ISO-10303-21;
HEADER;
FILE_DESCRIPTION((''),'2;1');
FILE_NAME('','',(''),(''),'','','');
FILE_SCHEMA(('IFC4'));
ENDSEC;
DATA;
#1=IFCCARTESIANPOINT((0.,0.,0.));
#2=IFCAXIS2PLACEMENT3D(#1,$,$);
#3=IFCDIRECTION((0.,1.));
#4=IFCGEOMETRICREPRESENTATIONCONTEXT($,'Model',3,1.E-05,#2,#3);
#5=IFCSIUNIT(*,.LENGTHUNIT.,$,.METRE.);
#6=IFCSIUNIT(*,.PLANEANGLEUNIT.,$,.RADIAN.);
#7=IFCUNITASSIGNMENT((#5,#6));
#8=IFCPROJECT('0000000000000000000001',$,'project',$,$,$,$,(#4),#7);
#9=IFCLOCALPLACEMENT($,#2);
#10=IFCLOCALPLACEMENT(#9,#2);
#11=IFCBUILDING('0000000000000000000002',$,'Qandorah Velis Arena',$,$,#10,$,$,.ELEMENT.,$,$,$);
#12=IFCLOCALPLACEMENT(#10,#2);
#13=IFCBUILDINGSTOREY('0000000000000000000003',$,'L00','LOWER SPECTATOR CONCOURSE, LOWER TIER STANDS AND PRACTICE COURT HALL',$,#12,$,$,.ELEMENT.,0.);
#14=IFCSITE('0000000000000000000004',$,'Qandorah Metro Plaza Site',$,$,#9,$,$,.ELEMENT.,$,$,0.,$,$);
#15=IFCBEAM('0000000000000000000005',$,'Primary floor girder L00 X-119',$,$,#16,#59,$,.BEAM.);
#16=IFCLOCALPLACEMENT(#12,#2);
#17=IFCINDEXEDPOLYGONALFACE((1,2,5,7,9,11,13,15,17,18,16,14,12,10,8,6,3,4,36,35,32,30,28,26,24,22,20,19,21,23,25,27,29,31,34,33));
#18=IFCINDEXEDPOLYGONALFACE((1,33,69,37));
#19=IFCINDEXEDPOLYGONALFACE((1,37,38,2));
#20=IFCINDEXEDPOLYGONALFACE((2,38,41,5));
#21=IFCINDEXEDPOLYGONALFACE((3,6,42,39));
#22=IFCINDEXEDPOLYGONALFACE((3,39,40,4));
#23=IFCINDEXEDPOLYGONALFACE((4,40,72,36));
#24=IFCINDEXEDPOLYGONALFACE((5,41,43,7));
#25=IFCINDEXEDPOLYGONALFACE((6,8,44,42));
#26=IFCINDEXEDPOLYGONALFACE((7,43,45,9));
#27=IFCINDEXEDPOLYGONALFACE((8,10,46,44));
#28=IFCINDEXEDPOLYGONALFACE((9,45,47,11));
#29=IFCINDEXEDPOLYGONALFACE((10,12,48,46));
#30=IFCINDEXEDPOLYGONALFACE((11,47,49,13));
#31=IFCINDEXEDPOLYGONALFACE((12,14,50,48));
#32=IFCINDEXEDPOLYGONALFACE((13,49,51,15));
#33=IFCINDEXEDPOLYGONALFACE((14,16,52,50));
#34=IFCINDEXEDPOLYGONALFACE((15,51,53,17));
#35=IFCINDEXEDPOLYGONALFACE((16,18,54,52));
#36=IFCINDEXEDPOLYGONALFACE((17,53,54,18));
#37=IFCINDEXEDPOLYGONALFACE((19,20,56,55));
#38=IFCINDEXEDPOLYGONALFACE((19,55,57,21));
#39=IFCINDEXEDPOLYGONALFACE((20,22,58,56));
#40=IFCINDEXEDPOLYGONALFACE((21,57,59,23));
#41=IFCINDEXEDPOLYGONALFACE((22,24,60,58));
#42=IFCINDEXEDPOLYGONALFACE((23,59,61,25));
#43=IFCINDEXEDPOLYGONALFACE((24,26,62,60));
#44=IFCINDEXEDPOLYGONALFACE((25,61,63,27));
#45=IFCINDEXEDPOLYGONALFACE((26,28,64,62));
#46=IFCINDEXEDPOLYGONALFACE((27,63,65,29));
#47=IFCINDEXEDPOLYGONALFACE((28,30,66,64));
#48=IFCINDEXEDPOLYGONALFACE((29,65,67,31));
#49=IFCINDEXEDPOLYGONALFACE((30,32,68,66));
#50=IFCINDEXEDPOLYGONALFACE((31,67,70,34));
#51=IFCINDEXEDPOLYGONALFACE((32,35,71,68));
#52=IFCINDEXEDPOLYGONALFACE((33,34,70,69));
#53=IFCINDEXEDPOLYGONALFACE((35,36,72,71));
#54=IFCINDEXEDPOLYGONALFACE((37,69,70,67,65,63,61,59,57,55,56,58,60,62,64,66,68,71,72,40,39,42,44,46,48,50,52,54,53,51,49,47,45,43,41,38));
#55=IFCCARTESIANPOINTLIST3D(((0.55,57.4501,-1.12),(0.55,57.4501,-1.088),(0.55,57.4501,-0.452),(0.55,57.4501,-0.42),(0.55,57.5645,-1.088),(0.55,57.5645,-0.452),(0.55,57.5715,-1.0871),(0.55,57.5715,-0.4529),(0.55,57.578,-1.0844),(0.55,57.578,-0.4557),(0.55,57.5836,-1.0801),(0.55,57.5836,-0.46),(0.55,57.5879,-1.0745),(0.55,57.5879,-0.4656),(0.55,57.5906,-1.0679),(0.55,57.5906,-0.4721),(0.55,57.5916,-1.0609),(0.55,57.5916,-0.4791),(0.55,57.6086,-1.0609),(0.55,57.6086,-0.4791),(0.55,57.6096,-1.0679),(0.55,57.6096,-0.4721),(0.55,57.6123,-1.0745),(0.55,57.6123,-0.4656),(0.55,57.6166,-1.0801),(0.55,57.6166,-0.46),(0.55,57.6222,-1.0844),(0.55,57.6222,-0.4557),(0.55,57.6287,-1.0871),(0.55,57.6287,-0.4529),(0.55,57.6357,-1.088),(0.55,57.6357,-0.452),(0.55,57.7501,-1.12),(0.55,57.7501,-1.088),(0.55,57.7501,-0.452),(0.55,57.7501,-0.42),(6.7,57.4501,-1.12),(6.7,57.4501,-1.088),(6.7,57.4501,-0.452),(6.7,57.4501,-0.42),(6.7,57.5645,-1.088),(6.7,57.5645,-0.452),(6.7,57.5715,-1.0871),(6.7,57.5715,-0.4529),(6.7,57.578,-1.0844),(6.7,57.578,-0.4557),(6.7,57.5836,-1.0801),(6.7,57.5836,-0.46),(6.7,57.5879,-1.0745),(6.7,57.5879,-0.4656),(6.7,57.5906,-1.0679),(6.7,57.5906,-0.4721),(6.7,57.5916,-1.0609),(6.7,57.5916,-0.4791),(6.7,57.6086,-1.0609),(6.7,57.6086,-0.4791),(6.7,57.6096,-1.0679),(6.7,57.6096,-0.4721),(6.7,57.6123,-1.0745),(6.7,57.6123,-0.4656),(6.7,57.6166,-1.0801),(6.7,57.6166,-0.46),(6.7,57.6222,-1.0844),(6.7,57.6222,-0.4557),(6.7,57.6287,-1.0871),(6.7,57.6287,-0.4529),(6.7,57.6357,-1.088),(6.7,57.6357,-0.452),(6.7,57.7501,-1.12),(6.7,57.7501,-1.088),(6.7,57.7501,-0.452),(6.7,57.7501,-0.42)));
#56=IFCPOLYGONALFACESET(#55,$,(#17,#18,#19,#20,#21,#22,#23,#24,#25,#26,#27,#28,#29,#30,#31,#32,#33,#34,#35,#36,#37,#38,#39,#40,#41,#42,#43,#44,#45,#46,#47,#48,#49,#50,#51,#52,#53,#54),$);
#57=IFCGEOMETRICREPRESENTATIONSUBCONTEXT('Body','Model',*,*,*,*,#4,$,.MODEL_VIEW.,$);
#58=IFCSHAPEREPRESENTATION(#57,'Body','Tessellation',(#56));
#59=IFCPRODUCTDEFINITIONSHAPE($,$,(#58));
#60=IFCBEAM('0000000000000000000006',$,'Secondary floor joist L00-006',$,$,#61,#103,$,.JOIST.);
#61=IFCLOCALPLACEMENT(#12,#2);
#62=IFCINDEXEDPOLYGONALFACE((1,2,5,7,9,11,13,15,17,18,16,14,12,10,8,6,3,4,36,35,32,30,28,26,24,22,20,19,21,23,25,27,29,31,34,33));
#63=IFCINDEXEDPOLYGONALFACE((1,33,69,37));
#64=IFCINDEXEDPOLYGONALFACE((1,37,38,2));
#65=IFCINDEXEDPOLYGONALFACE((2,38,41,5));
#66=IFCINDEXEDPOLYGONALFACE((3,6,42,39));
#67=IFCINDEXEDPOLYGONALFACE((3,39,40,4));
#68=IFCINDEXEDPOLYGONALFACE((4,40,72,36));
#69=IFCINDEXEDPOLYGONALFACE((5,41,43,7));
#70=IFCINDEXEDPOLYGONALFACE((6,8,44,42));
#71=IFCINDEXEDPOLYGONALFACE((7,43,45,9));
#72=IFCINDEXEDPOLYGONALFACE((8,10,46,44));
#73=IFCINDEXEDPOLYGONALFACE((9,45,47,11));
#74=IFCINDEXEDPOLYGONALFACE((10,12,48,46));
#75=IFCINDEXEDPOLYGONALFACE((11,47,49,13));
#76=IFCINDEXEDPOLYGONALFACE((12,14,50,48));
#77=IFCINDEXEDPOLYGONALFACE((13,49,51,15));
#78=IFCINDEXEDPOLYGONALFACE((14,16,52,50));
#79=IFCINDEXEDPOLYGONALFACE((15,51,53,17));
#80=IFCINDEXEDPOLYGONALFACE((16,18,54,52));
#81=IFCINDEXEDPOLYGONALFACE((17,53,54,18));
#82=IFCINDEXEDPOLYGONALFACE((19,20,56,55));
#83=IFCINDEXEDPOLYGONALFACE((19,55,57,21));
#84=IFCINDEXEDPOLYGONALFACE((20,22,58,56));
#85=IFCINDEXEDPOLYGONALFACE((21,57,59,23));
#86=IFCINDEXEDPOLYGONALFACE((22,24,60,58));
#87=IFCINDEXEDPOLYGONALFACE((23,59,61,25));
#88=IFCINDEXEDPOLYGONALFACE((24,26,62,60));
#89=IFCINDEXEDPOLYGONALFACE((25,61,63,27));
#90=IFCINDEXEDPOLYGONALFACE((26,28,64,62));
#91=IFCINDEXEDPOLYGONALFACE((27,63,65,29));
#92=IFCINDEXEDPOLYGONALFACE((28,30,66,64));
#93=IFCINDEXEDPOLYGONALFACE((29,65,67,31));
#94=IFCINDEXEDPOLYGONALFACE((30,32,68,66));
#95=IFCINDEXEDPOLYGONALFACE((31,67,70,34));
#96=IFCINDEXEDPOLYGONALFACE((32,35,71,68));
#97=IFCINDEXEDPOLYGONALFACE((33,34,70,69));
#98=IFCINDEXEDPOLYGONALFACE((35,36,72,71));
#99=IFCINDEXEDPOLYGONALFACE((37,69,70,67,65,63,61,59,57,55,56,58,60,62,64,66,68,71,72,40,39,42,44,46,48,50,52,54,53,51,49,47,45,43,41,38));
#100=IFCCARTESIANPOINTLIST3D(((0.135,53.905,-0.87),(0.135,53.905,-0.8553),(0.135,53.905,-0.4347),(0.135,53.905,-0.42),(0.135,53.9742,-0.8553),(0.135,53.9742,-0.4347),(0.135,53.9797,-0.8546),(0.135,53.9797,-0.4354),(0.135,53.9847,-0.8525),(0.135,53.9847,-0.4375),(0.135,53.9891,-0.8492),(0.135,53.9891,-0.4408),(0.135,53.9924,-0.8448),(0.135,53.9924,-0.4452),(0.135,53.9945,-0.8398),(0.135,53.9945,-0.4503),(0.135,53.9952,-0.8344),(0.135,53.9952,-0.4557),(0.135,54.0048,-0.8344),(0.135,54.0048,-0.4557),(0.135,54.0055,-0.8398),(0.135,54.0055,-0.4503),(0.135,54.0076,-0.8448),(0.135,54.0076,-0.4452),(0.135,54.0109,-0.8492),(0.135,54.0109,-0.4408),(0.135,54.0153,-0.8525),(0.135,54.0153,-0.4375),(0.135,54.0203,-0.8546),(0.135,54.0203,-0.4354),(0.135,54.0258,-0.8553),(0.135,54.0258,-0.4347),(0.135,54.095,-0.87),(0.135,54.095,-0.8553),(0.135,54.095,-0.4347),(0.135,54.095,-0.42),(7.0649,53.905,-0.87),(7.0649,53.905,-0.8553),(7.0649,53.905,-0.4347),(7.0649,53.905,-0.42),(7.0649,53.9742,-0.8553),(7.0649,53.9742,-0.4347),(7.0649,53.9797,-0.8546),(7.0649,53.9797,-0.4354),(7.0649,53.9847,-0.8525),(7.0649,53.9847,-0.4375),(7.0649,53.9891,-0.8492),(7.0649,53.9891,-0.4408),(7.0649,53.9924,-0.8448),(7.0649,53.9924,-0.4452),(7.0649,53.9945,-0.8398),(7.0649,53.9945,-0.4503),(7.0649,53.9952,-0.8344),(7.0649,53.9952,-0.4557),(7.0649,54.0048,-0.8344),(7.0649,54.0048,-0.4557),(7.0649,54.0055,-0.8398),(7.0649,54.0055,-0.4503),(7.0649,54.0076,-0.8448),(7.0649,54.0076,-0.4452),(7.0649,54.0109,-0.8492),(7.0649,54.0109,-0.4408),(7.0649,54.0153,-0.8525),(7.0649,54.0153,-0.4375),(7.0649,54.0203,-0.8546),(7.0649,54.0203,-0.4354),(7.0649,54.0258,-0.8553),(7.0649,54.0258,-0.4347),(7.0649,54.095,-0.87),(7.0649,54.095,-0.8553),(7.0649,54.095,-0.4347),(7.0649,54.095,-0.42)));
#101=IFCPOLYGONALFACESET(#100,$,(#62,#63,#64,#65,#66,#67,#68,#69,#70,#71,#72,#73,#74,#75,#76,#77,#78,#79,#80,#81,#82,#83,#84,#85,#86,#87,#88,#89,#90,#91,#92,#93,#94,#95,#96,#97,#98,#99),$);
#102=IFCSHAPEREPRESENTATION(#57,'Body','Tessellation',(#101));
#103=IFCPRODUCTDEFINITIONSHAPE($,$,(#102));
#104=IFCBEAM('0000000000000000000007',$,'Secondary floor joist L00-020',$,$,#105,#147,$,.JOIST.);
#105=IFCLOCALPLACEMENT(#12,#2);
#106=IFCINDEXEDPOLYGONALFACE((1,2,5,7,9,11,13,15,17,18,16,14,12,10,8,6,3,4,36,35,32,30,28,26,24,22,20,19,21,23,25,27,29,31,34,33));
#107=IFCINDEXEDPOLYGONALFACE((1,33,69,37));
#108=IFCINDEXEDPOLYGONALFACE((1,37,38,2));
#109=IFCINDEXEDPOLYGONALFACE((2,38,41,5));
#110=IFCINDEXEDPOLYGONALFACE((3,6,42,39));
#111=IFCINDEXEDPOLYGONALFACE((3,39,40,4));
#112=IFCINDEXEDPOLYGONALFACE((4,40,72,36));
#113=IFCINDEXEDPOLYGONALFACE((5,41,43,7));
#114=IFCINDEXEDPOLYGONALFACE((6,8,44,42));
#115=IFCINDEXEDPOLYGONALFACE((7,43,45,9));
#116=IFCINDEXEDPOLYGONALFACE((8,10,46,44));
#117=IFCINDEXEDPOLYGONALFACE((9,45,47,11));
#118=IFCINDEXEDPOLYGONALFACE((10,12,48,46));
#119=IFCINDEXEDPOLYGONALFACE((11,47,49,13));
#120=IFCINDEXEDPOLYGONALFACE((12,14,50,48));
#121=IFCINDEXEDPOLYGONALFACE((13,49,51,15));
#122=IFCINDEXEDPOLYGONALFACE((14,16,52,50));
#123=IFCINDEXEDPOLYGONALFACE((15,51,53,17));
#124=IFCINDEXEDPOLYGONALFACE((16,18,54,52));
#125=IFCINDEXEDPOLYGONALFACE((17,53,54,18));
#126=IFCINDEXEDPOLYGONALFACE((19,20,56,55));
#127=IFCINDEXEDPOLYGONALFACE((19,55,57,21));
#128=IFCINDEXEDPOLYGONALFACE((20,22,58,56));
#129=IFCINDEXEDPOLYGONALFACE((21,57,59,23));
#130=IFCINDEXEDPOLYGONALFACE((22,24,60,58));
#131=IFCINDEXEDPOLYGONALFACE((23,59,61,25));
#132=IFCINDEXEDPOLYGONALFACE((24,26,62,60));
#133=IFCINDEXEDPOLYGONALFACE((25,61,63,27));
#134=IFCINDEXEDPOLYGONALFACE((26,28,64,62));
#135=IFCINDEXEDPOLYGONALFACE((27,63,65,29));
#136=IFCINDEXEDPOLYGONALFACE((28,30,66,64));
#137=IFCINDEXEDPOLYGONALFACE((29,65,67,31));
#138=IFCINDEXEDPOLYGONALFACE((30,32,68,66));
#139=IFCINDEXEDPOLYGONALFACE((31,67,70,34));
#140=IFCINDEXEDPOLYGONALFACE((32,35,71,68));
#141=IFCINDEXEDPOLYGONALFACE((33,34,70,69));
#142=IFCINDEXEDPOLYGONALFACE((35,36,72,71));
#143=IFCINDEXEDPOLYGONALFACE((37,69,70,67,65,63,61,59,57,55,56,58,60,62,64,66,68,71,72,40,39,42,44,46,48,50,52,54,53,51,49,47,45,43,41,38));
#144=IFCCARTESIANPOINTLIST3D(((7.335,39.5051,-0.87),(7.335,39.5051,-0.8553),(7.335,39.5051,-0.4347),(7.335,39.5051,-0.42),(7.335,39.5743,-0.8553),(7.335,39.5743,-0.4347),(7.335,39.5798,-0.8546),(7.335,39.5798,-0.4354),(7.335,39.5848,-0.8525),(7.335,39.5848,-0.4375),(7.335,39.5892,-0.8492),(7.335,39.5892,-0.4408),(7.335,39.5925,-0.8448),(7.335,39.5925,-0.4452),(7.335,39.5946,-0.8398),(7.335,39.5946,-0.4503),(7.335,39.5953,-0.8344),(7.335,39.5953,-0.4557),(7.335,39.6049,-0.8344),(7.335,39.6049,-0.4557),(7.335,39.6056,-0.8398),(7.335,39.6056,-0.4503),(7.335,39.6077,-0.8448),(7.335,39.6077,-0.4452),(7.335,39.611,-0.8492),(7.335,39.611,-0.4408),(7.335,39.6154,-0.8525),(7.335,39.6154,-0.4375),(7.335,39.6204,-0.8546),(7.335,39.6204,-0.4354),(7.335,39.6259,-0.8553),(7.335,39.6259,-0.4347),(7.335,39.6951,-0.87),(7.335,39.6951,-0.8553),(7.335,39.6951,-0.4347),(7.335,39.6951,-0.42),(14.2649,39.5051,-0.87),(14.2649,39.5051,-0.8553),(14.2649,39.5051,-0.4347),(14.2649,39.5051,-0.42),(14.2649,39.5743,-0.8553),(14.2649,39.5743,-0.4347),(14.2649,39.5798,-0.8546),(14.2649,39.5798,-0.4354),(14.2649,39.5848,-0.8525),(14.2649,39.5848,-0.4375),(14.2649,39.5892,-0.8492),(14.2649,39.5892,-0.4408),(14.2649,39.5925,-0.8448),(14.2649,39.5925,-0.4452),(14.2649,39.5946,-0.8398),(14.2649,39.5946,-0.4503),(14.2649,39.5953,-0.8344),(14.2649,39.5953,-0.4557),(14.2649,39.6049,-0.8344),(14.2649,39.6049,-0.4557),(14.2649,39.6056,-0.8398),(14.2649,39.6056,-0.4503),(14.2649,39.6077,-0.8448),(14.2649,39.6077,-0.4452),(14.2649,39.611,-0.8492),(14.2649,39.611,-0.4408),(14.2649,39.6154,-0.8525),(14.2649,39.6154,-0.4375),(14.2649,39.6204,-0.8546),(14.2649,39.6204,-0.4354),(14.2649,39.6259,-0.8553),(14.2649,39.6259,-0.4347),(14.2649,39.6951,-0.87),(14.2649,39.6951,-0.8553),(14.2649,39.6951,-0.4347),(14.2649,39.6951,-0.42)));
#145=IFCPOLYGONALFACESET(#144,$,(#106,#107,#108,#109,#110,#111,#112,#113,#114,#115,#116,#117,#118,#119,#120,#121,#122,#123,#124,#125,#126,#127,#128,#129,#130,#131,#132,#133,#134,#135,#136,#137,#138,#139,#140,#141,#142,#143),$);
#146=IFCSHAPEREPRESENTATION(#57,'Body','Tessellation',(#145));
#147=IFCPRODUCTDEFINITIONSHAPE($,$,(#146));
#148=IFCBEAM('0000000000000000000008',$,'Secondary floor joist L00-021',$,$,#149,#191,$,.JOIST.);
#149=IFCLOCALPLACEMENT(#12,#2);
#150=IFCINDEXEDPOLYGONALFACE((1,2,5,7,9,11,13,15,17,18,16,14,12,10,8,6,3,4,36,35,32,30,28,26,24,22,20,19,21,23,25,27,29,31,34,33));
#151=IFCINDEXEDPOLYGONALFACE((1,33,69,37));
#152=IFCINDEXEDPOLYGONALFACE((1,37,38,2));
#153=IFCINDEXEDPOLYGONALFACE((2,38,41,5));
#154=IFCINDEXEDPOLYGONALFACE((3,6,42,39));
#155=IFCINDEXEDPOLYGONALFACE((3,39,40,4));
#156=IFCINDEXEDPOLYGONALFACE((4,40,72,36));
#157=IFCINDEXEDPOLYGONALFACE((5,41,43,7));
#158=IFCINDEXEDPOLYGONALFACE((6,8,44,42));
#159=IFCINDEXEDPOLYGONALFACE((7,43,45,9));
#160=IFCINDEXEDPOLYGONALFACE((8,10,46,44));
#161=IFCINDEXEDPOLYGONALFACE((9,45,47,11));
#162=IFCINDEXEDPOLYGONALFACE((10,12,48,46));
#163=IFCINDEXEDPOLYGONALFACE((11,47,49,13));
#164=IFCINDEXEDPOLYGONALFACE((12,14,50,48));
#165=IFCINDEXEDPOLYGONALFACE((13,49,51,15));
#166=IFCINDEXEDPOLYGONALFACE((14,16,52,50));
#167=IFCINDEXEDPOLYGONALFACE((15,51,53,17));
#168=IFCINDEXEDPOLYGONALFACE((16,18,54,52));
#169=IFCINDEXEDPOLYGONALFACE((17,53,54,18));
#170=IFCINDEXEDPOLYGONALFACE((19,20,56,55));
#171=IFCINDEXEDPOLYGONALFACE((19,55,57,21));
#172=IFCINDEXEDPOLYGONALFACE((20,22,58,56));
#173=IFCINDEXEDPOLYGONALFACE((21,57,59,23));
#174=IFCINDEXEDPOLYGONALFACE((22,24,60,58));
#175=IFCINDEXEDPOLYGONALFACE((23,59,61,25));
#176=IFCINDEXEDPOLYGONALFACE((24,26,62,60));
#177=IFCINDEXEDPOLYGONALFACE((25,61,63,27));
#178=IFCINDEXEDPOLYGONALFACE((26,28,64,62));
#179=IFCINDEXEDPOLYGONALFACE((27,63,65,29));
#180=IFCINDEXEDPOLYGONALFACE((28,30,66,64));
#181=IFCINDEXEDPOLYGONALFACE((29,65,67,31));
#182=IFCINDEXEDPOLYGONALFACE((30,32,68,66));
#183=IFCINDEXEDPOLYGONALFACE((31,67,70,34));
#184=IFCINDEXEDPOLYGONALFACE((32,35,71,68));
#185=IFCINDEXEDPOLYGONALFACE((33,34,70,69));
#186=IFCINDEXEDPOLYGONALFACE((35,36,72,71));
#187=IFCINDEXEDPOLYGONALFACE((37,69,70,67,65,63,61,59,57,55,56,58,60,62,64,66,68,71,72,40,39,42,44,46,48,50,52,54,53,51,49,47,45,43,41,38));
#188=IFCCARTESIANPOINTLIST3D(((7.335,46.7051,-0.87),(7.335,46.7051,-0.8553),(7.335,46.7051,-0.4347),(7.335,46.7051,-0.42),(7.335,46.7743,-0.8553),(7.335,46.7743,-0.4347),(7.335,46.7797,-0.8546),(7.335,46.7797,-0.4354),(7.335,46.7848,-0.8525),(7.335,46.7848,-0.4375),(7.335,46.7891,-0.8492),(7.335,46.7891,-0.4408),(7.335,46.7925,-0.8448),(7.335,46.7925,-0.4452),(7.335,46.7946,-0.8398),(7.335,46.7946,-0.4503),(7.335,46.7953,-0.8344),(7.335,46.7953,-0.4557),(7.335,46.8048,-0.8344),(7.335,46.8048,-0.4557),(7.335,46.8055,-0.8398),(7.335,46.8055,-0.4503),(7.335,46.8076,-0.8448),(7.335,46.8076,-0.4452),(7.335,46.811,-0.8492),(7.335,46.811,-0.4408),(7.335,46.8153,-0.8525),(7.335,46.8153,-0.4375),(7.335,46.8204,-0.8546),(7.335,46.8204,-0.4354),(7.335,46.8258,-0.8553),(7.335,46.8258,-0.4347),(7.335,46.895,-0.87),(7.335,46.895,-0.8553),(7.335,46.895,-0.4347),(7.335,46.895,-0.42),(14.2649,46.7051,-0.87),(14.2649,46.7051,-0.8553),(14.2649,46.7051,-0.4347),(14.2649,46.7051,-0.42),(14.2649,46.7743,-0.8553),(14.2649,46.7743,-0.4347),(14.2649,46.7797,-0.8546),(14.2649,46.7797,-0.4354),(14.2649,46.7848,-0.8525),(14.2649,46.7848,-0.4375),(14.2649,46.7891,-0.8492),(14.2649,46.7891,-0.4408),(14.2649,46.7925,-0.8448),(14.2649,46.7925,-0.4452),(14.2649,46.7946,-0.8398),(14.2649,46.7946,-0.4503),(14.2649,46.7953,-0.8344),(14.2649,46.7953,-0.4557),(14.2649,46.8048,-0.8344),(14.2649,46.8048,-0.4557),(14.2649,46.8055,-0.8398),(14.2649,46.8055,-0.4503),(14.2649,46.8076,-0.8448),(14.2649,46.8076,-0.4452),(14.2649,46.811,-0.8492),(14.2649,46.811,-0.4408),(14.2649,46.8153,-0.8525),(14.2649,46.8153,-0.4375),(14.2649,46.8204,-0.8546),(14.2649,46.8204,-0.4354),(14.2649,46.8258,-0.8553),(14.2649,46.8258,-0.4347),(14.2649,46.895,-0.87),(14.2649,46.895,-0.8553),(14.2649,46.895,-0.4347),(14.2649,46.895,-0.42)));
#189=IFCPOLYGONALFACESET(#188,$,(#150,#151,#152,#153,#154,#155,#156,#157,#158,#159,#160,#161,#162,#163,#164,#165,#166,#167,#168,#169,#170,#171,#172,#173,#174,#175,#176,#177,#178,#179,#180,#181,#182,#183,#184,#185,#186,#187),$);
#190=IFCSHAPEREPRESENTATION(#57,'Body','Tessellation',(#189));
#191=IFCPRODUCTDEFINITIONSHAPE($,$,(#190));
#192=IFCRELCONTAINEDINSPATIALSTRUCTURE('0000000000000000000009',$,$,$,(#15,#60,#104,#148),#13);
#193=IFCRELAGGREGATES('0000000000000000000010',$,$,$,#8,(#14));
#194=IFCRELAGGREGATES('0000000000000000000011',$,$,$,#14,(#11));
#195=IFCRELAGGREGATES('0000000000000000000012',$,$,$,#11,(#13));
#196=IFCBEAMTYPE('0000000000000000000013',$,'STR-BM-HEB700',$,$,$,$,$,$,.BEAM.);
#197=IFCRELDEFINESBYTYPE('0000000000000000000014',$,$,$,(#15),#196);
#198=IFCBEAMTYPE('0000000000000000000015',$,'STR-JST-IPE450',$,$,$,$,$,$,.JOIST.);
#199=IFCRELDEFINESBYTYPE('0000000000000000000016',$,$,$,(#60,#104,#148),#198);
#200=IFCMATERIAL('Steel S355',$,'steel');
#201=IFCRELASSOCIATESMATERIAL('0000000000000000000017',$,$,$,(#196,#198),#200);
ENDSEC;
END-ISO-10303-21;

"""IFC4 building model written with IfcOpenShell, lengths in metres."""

from ifc_helpers import new_model, si_unit, direction, frame, origin, origin_2d, place, context, subcontext, project, spatial, i_section, extrude, material, material_profile, profile_set, type_object, element, save


model = new_model("IFC4")

# Units and contexts
model_context = context("Model", 3, precision=1e-05, world=origin(), true_north=direction((0.0, 1.0)))
body_context = subcontext(model_context, "Body", "Model", "MODEL_VIEW")
ifc_project = project(units=[si_unit("LENGTHUNIT", "METRE"), si_unit("PLANEANGLEUNIT", "RADIAN")], contexts=[model_context])

# Site, building, storey
site_placement = place(None, origin())
site = spatial("IfcSite", under=ifc_project, at=site_placement, Name="Qandorah Metro Plaza Site", CompositionType="ELEMENT", RefElevation=0.0)
building_placement = place(site_placement, origin())
building = spatial("IfcBuilding", under=site, at=building_placement, Name="Qandorah Velis Arena", CompositionType="ELEMENT")
storey_placement = place(building_placement, origin())
storey = spatial("IfcBuildingStorey", under=building, at=storey_placement, Name="L00", Description="LOWER SPECTATOR CONCOURSE, LOWER TIER STANDS AND PRACTICE COURT HALL", CompositionType="ELEMENT", Elevation=0.0)

# Beams
ifc_material_1 = material(Name="Steel S355", Category="steel")
ifc_material_profile_1 = material_profile(ifc_material_1, i_section(OverallWidth=0.3, OverallDepth=0.7, WebThickness=0.0171, FlangeThickness=0.032, FilletRadius=0.0271, at=origin_2d()), Name="HEB 700")
ifc_profile_set_1 = profile_set([ifc_material_profile_1], Name="Steel S355")
beam_type_1 = type_object("IfcBeamType", Name="STR-BM-HEB700", PredefinedType="BEAM", material=ifc_profile_set_1)
beam_1_placement = place(storey_placement, frame((0.55, 57.6001, -0.77), z_axis=(1.0, 0.0, 0.0), x_axis=(0.0, 1.0, 0.0)))
element("IfcBeam", 1, at=beam_1_placement, inside=storey, type_object=beam_type_1, Name="Primary floor girder L00 X-119", PredefinedType="BEAM", context=body_context, shape_type="SweptSolid", body=[
    extrude(i_section(OverallWidth=0.3, OverallDepth=0.7, WebThickness=0.0171, FlangeThickness=0.032, FilletRadius=0.0271, at=origin_2d()), origin(), (0.0, 0.0, 1.0), 6.1499),
])
ifc_material_profile_2 = material_profile(ifc_material_1, i_section(OverallWidth=0.1899, OverallDepth=0.45, WebThickness=0.0095, FlangeThickness=0.0146, FilletRadius=0.021, at=origin_2d()), Name="IPE 450")
ifc_profile_set_2 = profile_set([ifc_material_profile_2], Name="Steel S355")
beam_type_2 = type_object("IfcBeamType", Name="STR-JST-IPE450", PredefinedType="JOIST", material=ifc_profile_set_2)
for number, where, z_axis, x_axis, name in (
    (2, (0.135, 54.0, -0.645), (1.0, 0.0, 0.0), (0.0, 1.0, 0.0), "Secondary floor joist L00-006"),
    (3, (7.335, 39.6001, -0.645), (1.0, 0.0, 0.0), (0.0, 1.0, 0.0), "Secondary floor joist L00-020"),
    (4, (7.335, 46.8, -0.645), (1.0, 0.0, 0.0), (0.0, 1.0, 0.0), "Secondary floor joist L00-021"),
):
    element("IfcBeam", number, at=place(storey_placement, frame(where, z_axis=z_axis, x_axis=x_axis)), inside=storey, type_object=beam_type_2, Name=name, PredefinedType="JOIST", context=body_context, shape_type="SweptSolid", body=[
        extrude(i_section(OverallWidth=0.1899, OverallDepth=0.45, WebThickness=0.0095, FlangeThickness=0.0146, FilletRadius=0.021, at=origin_2d()), origin(), (0.0, 0.0, 1.0), 6.9299),
    ])

save(model, "model.ifc")
